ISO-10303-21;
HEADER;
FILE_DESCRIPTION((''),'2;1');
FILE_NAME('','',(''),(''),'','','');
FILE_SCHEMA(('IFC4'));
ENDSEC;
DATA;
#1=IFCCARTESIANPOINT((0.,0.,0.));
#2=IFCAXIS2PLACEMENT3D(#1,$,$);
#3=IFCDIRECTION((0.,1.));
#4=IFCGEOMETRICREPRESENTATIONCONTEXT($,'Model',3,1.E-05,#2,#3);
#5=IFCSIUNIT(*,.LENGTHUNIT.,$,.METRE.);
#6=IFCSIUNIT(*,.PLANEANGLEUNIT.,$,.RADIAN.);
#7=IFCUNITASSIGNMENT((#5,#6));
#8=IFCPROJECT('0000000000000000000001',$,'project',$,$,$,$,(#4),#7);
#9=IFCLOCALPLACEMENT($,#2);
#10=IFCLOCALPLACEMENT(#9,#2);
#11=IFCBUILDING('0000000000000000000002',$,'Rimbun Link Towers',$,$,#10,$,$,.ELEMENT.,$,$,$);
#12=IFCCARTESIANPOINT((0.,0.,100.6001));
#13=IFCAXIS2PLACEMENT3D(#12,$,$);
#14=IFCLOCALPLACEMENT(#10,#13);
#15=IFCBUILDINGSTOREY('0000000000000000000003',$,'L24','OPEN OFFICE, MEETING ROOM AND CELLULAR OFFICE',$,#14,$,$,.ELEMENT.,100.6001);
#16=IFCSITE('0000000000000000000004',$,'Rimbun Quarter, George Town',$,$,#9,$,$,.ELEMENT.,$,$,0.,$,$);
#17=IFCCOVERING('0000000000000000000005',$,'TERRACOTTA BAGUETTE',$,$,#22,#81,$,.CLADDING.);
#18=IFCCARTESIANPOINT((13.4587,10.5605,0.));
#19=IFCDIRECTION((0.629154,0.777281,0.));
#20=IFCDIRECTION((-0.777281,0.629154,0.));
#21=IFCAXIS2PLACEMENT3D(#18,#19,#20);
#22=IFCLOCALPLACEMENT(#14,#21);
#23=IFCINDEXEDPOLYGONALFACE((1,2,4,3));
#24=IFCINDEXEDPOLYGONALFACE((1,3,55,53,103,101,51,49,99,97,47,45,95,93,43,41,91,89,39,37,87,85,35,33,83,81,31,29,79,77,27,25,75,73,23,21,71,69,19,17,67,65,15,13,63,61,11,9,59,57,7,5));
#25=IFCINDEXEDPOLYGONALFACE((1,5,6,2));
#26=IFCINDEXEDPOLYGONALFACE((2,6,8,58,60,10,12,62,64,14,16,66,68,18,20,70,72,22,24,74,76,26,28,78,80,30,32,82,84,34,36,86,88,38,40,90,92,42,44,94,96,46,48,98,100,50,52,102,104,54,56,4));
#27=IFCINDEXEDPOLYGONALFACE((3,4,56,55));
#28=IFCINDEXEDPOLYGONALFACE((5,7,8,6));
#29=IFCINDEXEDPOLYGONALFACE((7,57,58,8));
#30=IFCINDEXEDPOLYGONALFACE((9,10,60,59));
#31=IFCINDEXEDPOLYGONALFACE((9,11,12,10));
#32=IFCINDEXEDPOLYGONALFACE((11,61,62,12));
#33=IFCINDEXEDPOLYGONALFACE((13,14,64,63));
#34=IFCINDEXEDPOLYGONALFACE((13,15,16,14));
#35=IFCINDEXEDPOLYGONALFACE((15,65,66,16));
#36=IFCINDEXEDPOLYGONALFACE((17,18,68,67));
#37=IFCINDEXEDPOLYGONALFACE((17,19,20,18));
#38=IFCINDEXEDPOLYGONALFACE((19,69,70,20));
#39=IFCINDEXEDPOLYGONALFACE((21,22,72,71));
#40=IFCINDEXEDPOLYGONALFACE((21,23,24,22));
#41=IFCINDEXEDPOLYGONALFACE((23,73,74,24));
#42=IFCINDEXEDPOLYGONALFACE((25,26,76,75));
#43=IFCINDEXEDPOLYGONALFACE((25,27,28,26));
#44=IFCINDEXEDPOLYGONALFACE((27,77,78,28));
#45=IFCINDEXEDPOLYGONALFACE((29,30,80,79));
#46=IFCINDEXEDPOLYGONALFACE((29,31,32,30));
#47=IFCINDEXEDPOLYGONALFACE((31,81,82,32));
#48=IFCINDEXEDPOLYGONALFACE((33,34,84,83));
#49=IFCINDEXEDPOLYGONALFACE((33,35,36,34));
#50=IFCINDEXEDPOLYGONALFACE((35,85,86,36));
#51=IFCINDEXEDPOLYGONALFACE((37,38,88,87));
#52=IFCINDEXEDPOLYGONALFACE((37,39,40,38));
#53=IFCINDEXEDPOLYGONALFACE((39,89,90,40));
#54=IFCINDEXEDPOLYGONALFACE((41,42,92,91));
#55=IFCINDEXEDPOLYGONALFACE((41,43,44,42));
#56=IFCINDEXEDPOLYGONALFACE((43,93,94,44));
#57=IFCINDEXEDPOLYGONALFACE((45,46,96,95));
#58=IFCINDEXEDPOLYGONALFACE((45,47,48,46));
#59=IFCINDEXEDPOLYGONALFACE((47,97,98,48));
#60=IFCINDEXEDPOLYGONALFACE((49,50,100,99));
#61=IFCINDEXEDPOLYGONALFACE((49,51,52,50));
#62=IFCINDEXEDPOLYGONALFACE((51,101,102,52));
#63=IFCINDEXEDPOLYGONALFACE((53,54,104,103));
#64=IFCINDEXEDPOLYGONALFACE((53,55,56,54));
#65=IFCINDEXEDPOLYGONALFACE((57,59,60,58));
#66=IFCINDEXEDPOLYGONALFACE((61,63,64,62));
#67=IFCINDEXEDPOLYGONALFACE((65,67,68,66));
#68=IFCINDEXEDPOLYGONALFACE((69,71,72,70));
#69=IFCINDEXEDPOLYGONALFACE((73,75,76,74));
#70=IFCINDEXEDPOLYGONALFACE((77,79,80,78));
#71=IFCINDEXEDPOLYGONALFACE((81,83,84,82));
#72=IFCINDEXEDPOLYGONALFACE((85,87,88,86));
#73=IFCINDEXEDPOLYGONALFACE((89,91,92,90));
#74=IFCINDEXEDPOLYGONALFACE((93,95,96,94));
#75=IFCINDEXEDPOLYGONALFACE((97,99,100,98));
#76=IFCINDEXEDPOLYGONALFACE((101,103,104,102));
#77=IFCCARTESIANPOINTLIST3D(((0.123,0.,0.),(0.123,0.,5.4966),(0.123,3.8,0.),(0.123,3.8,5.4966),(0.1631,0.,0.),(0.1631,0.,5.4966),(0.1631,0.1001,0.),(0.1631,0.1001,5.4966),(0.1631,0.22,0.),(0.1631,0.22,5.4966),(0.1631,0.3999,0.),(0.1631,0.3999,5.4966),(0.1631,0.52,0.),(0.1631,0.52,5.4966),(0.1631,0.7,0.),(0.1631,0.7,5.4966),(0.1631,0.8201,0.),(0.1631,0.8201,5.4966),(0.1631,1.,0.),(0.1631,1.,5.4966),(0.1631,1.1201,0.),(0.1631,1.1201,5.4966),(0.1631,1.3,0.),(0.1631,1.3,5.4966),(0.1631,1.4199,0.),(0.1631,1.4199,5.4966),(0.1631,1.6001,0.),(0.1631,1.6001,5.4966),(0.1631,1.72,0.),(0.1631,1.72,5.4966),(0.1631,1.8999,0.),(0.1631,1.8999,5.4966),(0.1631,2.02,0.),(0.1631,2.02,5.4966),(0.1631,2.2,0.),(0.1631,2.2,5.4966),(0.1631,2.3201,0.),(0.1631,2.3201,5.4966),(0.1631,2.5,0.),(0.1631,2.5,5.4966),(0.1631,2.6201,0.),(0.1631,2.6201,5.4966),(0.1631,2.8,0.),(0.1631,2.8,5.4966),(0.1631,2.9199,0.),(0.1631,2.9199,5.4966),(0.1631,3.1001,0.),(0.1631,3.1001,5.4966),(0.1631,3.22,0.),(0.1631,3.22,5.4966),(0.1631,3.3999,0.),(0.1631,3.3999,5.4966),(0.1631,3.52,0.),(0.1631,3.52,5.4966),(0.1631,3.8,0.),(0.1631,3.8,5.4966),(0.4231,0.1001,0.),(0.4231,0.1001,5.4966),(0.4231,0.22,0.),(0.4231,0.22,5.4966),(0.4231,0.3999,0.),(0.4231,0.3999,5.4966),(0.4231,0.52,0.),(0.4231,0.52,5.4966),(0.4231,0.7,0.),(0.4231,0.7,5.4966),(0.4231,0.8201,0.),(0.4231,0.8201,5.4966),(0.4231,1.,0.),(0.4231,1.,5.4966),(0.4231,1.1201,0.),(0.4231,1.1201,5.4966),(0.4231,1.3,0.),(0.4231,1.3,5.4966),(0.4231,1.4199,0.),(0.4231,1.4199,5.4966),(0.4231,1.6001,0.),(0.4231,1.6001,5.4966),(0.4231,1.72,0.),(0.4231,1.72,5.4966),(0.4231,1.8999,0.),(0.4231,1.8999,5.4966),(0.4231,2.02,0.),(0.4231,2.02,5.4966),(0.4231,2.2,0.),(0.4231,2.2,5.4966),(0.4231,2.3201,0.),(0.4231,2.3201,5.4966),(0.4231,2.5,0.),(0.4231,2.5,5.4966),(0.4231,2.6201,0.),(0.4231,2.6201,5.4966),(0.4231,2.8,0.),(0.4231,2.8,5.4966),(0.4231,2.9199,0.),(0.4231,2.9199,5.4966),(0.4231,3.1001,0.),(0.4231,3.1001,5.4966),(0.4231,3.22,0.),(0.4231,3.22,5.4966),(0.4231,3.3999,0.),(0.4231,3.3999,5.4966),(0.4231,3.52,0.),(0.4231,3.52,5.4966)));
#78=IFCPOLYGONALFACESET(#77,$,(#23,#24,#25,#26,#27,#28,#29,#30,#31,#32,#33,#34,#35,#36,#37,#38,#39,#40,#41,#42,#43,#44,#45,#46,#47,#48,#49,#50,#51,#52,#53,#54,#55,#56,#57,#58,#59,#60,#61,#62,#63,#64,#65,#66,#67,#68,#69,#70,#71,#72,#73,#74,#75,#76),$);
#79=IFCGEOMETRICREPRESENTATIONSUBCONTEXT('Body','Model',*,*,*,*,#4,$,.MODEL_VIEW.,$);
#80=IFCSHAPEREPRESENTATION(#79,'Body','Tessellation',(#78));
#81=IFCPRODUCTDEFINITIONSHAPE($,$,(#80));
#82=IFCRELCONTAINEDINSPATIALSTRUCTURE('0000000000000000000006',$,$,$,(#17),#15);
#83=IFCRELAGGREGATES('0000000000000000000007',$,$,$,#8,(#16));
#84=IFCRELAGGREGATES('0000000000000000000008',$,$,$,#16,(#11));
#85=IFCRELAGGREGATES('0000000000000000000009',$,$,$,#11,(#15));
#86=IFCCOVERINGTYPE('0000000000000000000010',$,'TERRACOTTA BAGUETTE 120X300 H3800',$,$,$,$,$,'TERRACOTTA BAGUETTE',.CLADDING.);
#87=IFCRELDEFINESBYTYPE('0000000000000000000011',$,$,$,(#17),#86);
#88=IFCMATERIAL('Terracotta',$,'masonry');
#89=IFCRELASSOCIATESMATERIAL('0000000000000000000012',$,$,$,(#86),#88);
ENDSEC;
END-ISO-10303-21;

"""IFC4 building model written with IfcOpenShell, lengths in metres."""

from ifc_helpers import new_model, si_unit, direction, frame, origin, place, context, subcontext, project, spatial, polyline, outline, extrude, material, material_profile, profile_set, type_object, element, save


model = new_model("IFC4")

# Units and contexts
model_context = context("Model", 3, precision=1e-05, world=origin(), true_north=direction((0.0, 1.0)))
body_context = subcontext(model_context, "Body", "Model", "MODEL_VIEW")
ifc_project = project(units=[si_unit("LENGTHUNIT", "METRE"), si_unit("PLANEANGLEUNIT", "RADIAN")], contexts=[model_context])

# Site, building, storey
site_placement = place(None, origin())
site = spatial("IfcSite", under=ifc_project, at=site_placement, Name="Rimbun Quarter, George Town", CompositionType="ELEMENT", RefElevation=0.0)
building_placement = place(site_placement, origin())
building = spatial("IfcBuilding", under=site, at=building_placement, Name="Rimbun Link Towers", CompositionType="ELEMENT")
storey_placement = place(building_placement, frame((0.0, 0.0, 100.6001)))
storey = spatial("IfcBuildingStorey", under=building, at=storey_placement, Name="L24", Description="OPEN OFFICE, MEETING ROOM AND CELLULAR OFFICE", CompositionType="ELEMENT", Elevation=100.6001)

# Covering
ifc_material_1 = material(Name="Terracotta", Category="masonry")
ifc_material_profile_1 = material_profile(ifc_material_1, outline(polyline([(0.123, 0.0), (0.1631, 0.0), (0.1631, 0.1001), (0.4231, 0.1001), (0.4231, 0.22), (0.1631, 0.22), (0.1631, 0.3999), (0.4231, 0.3999), (0.4231, 0.52), (0.1631, 0.52), (0.1631, 0.7), (0.4231, 0.7), (0.4231, 0.8201), (0.1631, 0.8201), (0.1631, 1.0), (0.4231, 1.0), (0.4231, 1.1201), (0.1631, 1.1201), (0.1631, 1.3), (0.4231, 1.3), (0.4231, 1.4199), (0.1631, 1.4199), (0.1631, 1.6001), (0.4231, 1.6001), (0.4231, 1.72), (0.1631, 1.72), (0.1631, 1.8999), (0.4231, 1.8999), (0.4231, 2.02), (0.1631, 2.02), (0.1631, 2.2), (0.4231, 2.2), (0.4231, 2.3201), (0.1631, 2.3201), (0.1631, 2.5), (0.4231, 2.5), (0.4231, 2.6201), (0.1631, 2.6201), (0.1631, 2.8), (0.4231, 2.8), (0.4231, 2.9199), (0.1631, 2.9199), (0.1631, 3.1001), (0.4231, 3.1001), (0.4231, 3.22), (0.1631, 3.22), (0.1631, 3.3999), (0.4231, 3.3999), (0.4231, 3.52), (0.1631, 3.52), (0.1631, 3.8), (0.123, 3.8), (0.123, 0.0)])), Name="BAGUETTE 120X300")
ifc_profile_set_1 = profile_set([ifc_material_profile_1], Name="Terracotta")
covering_type = type_object("IfcCoveringType", Name="TERRACOTTA BAGUETTE 120X300 H3800", ElementType="TERRACOTTA BAGUETTE", PredefinedType="CLADDING", material=ifc_profile_set_1)
for number, where, z_axis, x_axis, name in (
    (1, (13.4587, 10.5605, 0.0), (0.629154, 0.777281, 0.0), (-0.777281, 0.629154, 0.0), "TERRACOTTA BAGUETTE"),
):
    element("IfcCovering", number, at=place(storey_placement, frame(where, z_axis=z_axis, x_axis=x_axis)), inside=storey, type_object=covering_type, Name=name, PredefinedType="CLADDING", context=body_context, shape_type="SweptSolid", body=[
        extrude(outline(polyline([(0.123, 0.0), (0.1631, 0.0), (0.1631, 0.1001), (0.4231, 0.1001), (0.4231, 0.22), (0.1631, 0.22), (0.1631, 0.3999), (0.4231, 0.3999), (0.4231, 0.52), (0.1631, 0.52), (0.1631, 0.7), (0.4231, 0.7), (0.4231, 0.8201), (0.1631, 0.8201), (0.1631, 1.0), (0.4231, 1.0), (0.4231, 1.1201), (0.1631, 1.1201), (0.1631, 1.3), (0.4231, 1.3), (0.4231, 1.4199), (0.1631, 1.4199), (0.1631, 1.6001), (0.4231, 1.6001), (0.4231, 1.72), (0.1631, 1.72), (0.1631, 1.8999), (0.4231, 1.8999), (0.4231, 2.02), (0.1631, 2.02), (0.1631, 2.2), (0.4231, 2.2), (0.4231, 2.3201), (0.1631, 2.3201), (0.1631, 2.5), (0.4231, 2.5), (0.4231, 2.6201), (0.1631, 2.6201), (0.1631, 2.8), (0.4231, 2.8), (0.4231, 2.9199), (0.1631, 2.9199), (0.1631, 3.1001), (0.4231, 3.1001), (0.4231, 3.22), (0.1631, 3.22), (0.1631, 3.3999), (0.4231, 3.3999), (0.4231, 3.52), (0.1631, 3.52), (0.1631, 3.8), (0.123, 3.8), (0.123, 0.0)])), origin(), (0.0, 0.0, 1.0), 5.4966),
    ])

save(model, "model.ifc")
